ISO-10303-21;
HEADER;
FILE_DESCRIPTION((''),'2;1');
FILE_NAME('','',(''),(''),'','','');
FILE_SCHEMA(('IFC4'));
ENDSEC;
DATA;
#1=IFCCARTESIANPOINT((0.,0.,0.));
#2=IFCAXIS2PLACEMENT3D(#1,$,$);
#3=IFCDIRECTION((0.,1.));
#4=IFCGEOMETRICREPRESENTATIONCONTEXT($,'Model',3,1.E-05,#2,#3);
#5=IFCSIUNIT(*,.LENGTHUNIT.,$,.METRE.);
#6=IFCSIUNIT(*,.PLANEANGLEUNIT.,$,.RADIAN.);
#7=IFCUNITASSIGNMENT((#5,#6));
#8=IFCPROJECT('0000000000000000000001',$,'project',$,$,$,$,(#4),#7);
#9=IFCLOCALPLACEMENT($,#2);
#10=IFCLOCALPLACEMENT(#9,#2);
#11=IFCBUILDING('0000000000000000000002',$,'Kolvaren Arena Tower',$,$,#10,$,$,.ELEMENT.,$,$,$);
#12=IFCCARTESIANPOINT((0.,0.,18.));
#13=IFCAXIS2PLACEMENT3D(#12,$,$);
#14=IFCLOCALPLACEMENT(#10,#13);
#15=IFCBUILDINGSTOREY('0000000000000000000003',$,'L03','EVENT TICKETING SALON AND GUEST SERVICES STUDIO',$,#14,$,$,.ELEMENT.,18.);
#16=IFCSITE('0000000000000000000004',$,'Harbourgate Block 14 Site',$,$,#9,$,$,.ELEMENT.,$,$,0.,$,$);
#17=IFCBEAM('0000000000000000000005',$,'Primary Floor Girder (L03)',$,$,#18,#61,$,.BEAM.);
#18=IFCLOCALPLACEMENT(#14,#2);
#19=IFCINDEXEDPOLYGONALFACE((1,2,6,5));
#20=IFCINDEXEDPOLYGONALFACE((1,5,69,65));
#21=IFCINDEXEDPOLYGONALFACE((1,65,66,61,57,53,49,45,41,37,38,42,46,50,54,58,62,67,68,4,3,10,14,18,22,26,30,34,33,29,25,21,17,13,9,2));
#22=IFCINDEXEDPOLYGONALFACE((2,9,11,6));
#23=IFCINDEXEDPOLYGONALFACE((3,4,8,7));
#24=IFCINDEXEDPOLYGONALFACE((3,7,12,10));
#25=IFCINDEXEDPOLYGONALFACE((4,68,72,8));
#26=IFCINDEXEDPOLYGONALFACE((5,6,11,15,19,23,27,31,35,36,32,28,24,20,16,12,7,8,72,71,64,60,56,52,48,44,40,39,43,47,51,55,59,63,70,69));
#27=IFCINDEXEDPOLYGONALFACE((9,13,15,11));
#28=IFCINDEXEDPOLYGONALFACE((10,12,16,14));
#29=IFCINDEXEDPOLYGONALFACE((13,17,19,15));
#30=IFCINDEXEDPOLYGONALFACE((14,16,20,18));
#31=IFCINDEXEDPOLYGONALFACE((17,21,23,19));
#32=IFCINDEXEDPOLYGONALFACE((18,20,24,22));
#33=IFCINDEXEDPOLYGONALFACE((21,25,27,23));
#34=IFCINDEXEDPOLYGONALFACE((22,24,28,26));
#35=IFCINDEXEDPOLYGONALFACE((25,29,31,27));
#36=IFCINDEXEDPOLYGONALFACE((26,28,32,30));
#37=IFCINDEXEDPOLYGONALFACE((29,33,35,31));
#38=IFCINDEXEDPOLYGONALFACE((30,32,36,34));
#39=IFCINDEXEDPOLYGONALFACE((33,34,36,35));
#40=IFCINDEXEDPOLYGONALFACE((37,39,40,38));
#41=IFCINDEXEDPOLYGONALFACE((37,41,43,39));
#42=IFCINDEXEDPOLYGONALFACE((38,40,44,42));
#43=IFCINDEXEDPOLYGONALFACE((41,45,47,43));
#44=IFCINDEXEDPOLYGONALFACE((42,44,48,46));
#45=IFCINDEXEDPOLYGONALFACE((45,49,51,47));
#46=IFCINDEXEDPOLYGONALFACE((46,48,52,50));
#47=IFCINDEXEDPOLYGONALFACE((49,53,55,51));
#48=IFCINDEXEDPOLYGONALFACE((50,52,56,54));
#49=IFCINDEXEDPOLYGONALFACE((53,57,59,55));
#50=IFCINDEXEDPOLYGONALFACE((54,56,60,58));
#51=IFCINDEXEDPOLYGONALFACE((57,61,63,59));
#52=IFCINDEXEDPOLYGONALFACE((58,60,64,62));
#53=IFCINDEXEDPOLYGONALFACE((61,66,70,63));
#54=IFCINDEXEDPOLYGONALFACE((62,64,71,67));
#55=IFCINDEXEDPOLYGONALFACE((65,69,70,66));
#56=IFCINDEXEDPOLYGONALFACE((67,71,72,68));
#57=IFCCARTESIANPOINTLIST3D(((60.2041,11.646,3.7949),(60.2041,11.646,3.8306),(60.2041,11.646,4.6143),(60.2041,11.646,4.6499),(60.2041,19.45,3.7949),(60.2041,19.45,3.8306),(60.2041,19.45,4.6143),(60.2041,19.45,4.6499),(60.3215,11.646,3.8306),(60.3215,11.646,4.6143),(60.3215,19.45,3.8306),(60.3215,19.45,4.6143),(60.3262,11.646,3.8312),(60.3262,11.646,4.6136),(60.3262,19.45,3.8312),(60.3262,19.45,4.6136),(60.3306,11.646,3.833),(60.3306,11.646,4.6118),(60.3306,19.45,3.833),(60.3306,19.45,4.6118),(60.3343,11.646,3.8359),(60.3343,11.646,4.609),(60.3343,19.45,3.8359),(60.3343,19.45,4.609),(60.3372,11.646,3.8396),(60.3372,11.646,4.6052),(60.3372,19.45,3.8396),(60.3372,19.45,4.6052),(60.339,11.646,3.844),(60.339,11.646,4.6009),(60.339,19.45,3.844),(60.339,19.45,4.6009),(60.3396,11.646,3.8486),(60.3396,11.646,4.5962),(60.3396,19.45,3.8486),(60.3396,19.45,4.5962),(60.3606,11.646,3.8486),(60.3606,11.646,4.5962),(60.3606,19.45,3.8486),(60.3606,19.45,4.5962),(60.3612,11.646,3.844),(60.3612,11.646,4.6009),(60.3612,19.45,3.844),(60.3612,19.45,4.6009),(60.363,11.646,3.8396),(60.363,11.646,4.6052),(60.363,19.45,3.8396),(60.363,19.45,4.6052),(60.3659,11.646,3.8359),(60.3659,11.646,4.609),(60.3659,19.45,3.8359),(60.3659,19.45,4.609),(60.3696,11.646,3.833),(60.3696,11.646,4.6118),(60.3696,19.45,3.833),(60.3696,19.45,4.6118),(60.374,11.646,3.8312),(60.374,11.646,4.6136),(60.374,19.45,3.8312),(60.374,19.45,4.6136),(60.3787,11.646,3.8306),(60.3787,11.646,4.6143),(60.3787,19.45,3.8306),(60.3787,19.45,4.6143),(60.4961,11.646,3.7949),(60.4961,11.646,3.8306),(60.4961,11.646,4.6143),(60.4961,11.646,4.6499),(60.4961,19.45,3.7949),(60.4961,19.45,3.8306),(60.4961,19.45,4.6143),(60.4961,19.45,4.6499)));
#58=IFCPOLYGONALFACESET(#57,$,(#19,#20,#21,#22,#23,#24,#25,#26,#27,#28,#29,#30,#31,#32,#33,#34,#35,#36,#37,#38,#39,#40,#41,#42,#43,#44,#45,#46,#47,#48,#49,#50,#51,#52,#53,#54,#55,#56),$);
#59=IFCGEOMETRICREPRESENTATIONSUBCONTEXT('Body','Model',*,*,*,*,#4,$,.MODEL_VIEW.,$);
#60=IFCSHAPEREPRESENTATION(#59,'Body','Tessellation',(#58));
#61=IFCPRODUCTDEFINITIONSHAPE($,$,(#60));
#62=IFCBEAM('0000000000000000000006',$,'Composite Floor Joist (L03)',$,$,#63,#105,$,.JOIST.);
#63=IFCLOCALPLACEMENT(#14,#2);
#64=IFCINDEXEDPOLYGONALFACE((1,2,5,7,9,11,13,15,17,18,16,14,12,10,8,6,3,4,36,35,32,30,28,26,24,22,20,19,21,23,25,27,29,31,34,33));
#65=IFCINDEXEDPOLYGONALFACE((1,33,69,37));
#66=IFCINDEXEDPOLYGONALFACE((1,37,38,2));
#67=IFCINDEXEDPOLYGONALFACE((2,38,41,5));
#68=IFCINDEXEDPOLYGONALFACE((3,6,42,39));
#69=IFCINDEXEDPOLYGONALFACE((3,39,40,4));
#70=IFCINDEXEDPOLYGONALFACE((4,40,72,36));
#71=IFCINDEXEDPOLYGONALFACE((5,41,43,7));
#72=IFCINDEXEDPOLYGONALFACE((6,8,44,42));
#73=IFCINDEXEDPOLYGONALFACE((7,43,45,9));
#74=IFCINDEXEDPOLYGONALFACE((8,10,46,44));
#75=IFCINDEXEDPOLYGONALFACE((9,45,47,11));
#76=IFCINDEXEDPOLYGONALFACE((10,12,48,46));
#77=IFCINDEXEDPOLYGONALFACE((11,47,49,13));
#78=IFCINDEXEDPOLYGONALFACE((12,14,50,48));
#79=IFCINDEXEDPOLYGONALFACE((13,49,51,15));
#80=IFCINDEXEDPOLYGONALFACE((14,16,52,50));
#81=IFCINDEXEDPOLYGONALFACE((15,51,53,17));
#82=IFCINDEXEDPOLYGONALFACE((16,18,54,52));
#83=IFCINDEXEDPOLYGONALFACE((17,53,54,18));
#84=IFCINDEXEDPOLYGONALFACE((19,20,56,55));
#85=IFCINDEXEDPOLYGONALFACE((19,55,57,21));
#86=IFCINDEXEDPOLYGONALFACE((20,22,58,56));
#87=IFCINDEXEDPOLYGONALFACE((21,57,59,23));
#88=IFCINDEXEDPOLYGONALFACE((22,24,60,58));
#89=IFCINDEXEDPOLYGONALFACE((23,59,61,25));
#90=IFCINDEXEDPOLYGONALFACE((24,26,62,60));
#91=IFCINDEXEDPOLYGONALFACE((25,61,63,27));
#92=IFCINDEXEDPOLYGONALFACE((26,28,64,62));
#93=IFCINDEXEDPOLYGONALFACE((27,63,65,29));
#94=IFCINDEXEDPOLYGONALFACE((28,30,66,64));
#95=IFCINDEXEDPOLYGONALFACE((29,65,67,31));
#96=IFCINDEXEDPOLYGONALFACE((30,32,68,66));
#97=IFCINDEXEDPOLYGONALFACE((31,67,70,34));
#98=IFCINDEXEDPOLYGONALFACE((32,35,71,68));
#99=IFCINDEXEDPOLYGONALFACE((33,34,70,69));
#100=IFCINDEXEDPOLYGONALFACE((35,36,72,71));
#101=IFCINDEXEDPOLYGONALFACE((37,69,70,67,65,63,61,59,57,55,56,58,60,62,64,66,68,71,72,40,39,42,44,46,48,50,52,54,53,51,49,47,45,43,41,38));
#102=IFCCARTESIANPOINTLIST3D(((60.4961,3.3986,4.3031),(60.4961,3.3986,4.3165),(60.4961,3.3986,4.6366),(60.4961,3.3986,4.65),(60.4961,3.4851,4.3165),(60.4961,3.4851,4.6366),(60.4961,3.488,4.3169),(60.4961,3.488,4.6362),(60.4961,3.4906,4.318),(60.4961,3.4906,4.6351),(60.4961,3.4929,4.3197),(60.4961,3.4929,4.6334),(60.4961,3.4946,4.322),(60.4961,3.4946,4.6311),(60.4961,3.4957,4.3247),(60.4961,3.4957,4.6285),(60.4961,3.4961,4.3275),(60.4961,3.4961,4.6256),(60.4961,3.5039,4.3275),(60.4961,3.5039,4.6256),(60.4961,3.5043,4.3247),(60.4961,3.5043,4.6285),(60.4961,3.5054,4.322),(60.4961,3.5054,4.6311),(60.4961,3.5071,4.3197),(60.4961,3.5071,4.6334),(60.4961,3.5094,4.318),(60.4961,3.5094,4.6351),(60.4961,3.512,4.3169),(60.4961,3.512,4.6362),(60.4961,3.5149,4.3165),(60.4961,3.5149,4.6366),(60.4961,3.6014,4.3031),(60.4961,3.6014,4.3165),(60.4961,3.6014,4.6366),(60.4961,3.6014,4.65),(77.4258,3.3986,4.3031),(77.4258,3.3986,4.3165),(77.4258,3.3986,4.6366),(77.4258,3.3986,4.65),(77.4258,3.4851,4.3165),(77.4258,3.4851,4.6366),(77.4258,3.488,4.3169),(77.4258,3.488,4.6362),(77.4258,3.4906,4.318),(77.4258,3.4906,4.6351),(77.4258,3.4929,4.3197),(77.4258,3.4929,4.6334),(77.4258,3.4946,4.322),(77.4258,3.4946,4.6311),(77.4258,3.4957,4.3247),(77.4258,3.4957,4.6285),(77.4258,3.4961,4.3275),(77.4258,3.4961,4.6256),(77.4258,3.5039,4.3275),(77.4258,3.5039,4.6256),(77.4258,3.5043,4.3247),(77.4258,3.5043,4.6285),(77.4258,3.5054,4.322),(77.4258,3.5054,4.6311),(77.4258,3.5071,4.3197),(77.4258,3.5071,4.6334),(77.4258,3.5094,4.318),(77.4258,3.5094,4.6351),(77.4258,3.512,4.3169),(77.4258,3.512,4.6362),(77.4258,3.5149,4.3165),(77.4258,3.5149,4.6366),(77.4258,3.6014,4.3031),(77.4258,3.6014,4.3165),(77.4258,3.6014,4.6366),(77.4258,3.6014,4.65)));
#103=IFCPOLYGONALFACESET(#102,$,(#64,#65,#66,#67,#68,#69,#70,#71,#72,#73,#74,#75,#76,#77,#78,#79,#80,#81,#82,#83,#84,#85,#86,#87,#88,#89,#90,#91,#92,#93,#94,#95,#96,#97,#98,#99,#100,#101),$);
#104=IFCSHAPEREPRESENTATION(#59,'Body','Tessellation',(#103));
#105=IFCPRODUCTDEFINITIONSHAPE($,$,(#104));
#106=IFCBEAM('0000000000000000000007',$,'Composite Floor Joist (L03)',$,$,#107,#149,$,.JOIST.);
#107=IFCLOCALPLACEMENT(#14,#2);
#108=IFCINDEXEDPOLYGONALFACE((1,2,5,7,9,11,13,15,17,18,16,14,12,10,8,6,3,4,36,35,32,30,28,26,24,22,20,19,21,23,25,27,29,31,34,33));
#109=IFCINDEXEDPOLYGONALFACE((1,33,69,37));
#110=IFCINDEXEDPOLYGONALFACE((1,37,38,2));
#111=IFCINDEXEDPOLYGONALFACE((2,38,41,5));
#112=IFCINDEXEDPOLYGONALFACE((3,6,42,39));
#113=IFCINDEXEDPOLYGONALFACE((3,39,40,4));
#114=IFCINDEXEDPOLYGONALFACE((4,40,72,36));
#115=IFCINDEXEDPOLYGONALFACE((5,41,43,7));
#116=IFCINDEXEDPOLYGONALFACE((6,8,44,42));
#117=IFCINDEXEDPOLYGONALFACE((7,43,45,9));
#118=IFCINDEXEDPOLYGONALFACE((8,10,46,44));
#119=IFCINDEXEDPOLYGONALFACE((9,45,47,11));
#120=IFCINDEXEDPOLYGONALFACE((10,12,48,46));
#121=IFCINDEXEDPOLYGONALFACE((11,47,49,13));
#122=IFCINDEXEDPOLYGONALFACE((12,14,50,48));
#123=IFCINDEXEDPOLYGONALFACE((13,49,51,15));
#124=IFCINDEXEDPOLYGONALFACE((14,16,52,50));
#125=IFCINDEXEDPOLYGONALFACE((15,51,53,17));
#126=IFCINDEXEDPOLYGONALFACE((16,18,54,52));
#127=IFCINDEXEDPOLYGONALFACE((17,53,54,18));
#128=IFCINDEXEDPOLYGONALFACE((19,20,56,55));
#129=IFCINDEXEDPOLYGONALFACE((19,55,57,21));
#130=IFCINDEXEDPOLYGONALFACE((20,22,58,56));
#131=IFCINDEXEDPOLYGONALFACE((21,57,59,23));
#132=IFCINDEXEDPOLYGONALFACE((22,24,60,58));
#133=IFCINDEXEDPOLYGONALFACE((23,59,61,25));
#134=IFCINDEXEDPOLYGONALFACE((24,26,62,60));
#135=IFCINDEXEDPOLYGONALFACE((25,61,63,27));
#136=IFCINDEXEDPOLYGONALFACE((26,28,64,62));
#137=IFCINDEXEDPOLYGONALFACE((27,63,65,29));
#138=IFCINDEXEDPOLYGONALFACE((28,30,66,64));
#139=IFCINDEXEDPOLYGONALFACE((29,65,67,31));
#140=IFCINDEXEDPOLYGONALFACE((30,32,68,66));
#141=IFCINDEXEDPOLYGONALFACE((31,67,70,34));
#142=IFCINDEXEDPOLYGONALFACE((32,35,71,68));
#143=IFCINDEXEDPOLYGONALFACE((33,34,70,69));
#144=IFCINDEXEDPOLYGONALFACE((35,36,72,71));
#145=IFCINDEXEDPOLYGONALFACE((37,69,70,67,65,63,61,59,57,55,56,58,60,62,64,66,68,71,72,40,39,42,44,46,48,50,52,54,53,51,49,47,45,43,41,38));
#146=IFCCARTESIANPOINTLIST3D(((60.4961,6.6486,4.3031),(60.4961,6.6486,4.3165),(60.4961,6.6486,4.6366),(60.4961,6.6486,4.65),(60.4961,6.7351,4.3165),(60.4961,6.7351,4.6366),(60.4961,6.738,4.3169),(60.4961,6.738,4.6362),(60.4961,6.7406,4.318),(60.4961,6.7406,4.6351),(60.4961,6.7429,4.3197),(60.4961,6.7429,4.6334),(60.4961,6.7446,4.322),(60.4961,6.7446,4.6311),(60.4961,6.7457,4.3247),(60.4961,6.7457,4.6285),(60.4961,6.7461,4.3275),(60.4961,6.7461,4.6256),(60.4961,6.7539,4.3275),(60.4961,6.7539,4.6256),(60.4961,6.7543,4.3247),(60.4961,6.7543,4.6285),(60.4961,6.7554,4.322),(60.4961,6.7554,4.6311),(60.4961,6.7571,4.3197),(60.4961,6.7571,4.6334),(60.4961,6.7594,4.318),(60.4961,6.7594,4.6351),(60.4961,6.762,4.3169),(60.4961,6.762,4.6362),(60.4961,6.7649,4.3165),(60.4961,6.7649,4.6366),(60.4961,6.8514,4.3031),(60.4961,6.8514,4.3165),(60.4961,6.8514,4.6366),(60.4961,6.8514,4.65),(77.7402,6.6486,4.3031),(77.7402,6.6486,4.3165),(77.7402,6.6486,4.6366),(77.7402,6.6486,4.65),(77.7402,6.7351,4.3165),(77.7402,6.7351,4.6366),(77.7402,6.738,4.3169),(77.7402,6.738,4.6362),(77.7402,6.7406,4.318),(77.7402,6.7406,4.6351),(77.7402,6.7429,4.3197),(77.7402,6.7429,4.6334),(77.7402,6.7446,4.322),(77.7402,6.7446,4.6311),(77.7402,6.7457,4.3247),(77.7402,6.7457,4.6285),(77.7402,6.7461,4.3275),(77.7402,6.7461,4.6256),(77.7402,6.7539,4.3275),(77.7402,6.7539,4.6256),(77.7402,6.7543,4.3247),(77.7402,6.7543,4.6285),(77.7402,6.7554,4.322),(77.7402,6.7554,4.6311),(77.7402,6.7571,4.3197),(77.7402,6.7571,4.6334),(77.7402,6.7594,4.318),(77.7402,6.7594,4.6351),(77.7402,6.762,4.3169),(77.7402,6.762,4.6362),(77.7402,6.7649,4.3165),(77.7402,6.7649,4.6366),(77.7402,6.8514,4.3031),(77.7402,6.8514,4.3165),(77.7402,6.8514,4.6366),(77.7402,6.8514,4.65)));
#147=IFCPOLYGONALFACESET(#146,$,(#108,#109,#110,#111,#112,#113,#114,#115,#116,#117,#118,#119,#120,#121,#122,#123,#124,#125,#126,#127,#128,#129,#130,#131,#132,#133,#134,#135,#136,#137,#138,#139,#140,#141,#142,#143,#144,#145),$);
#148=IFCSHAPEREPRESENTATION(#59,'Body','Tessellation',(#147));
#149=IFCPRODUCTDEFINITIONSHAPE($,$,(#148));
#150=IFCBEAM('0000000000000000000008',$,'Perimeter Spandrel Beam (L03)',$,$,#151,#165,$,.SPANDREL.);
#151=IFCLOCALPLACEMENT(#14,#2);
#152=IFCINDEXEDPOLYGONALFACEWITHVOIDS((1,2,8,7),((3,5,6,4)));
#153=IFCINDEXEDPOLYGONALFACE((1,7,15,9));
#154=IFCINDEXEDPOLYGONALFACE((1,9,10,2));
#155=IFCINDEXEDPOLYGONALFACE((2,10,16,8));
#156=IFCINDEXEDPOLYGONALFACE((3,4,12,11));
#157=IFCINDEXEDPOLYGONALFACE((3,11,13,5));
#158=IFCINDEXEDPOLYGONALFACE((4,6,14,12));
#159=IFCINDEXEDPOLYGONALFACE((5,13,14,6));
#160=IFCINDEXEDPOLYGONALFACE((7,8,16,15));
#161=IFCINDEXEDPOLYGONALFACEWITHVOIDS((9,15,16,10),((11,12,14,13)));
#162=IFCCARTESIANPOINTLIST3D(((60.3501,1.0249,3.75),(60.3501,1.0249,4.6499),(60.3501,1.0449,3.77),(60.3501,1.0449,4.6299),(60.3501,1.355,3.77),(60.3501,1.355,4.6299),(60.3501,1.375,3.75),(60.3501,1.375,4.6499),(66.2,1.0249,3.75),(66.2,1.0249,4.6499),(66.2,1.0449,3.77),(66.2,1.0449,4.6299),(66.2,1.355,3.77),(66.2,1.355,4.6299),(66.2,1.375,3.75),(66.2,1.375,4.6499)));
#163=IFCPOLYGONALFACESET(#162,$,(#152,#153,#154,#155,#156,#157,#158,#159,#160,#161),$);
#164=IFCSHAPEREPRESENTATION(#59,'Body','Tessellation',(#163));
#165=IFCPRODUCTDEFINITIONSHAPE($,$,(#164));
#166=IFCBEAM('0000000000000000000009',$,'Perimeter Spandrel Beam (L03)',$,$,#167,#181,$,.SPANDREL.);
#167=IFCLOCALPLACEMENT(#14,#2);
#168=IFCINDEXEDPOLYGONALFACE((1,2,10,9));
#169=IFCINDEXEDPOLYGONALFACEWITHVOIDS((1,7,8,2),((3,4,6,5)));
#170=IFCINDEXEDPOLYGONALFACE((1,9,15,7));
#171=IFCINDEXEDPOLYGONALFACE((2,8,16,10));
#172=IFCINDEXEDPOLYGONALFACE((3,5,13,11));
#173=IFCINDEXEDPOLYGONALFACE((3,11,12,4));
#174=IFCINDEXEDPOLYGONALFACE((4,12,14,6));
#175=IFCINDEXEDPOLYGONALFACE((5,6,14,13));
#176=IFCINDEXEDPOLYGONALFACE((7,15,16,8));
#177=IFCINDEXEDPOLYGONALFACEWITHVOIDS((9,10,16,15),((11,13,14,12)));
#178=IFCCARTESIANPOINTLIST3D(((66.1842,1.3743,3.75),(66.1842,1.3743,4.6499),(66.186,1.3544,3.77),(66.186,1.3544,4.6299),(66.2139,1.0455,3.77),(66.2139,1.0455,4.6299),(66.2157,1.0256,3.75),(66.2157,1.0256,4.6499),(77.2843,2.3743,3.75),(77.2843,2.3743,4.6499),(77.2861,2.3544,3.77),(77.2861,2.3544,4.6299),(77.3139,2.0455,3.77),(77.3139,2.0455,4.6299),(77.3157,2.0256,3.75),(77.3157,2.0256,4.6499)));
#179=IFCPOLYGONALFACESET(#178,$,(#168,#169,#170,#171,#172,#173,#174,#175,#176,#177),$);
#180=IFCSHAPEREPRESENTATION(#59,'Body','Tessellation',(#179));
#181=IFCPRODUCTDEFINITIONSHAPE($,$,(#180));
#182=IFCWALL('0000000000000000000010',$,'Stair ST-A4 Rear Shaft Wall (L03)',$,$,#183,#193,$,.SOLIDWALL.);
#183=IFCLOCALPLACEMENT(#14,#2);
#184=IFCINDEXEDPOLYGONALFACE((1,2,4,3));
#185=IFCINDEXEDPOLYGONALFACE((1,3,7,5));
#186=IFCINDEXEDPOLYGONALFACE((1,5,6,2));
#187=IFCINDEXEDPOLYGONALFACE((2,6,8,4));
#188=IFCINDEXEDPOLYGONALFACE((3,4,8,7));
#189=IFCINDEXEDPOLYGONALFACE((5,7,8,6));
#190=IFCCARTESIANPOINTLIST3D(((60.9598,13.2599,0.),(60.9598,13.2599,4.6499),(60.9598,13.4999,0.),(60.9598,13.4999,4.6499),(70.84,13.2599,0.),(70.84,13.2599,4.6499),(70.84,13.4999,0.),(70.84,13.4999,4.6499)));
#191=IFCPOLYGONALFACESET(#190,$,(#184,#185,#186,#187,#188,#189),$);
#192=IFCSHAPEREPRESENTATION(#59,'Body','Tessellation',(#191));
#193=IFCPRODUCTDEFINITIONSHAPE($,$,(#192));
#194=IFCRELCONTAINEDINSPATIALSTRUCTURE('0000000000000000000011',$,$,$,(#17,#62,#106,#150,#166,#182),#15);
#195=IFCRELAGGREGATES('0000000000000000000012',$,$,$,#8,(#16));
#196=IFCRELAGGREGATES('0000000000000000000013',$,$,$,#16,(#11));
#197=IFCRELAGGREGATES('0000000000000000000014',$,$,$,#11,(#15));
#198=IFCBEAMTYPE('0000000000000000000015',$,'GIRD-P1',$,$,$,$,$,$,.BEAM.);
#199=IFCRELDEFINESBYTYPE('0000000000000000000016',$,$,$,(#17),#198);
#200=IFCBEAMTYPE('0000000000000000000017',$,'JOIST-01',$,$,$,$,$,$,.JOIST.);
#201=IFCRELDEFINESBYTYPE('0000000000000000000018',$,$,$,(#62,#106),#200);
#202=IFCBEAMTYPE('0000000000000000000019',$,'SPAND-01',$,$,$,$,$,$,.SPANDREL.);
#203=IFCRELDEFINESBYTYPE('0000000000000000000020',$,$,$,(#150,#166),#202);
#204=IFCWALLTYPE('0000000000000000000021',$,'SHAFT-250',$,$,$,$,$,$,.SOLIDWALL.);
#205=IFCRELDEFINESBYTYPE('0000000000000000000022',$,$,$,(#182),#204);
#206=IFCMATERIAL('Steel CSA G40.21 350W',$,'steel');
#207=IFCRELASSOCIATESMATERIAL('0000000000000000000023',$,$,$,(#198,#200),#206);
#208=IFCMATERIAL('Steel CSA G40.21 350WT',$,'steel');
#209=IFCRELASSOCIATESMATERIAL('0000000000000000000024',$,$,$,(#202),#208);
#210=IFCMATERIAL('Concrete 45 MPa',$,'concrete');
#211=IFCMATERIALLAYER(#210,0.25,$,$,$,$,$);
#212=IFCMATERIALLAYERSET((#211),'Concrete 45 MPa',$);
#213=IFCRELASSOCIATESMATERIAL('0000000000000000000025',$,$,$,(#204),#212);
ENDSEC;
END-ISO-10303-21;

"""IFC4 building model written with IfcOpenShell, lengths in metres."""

from ifc_helpers import new_model, si_unit, direction, frame, frame_2d, origin, origin_2d, place, context, subcontext, project, spatial, rectangle, hollow_rectangle, i_section, extrude, material, layer, layer_set, material_profile, profile_set, type_object, element, save


model = new_model("IFC4")

# Units and contexts
model_context = context("Model", 3, precision=1e-05, world=origin(), true_north=direction((0.0, 1.0)))
body_context = subcontext(model_context, "Body", "Model", "MODEL_VIEW")
ifc_project = project(units=[si_unit("LENGTHUNIT", "METRE"), si_unit("PLANEANGLEUNIT", "RADIAN")], contexts=[model_context])

# Site, building, storey
site_placement = place(None, origin())
site = spatial("IfcSite", under=ifc_project, at=site_placement, Name="Harbourgate Block 14 Site", CompositionType="ELEMENT", RefElevation=0.0)
building_placement = place(site_placement, origin())
building = spatial("IfcBuilding", under=site, at=building_placement, Name="Kolvaren Arena Tower", CompositionType="ELEMENT")
storey_placement = place(building_placement, frame((0.0, 0.0, 18.0)))
storey = spatial("IfcBuildingStorey", under=building, at=storey_placement, Name="L03", Description="EVENT TICKETING SALON AND GUEST SERVICES STUDIO", CompositionType="ELEMENT", Elevation=18.0)

# Beams
ifc_material_1 = material(Name="Steel CSA G40.21 350W", Category="steel")
ifc_material_profile_1 = material_profile(ifc_material_1, i_section(OverallWidth=0.292, OverallDepth=0.855, WebThickness=0.021, FlangeThickness=0.0356, FilletRadius=0.0181, at=origin_2d()), Name="W840x299")
ifc_profile_set_1 = profile_set([ifc_material_profile_1], Name="Steel CSA G40.21 350W")
beam_type_1 = type_object("IfcBeamType", Name="GIRD-P1", PredefinedType="BEAM", material=ifc_profile_set_1)
beam_1_placement = place(storey_placement, frame((60.3501, 11.646, 4.2224), z_axis=(0.0, 1.0, 0.0), x_axis=(-1.0, 0.0, 0.0)))
element("IfcBeam", 1, at=beam_1_placement, inside=storey, type_object=beam_type_1, Name="Primary Floor Girder (L03)", PredefinedType="BEAM", context=body_context, shape_type="SweptSolid", body=[
    extrude(i_section(OverallWidth=0.292, OverallDepth=0.855, WebThickness=0.021, FlangeThickness=0.0356, FilletRadius=0.0181, at=origin_2d()), origin(), (0.0, 0.0, 1.0), 7.804),
])
ifc_material_profile_2 = material_profile(ifc_material_1, i_section(OverallWidth=0.2029, OverallDepth=0.3469, WebThickness=0.0078, FlangeThickness=0.0134, FilletRadius=0.011, at=origin_2d()), Name="W360x64")
ifc_profile_set_2 = profile_set([ifc_material_profile_2], Name="Steel CSA G40.21 350W")
beam_type_2 = type_object("IfcBeamType", Name="JOIST-01", PredefinedType="JOIST", material=ifc_profile_set_2)
beam_2_placement = place(storey_placement, frame((60.4961, 3.5, 4.4766), z_axis=(1.0, 0.0, 0.0), x_axis=(0.0, 1.0, 0.0)))
element("IfcBeam", 2, at=beam_2_placement, inside=storey, type_object=beam_type_2, Name="Composite Floor Joist (L03)", PredefinedType="JOIST", context=body_context, shape_type="SweptSolid", body=[
    extrude(i_section(OverallWidth=0.2029, OverallDepth=0.3469, WebThickness=0.0078, FlangeThickness=0.0134, FilletRadius=0.011, at=origin_2d()), origin(), (0.0, 0.0, 1.0), 16.9297),
])
beam_3_placement = place(storey_placement, frame((60.4961, 6.75, 4.4766), z_axis=(1.0, 0.0, 0.0), x_axis=(0.0, 1.0, 0.0)))
element("IfcBeam", 3, at=beam_3_placement, inside=storey, type_object=beam_type_2, Name="Composite Floor Joist (L03)", PredefinedType="JOIST", context=body_context, shape_type="SweptSolid", body=[
    extrude(i_section(OverallWidth=0.2029, OverallDepth=0.3469, WebThickness=0.0078, FlangeThickness=0.0134, FilletRadius=0.011, at=origin_2d()), origin(), (0.0, 0.0, 1.0), 17.2441),
])
ifc_material_2 = material(Name="Steel CSA G40.21 350WT", Category="steel")
ifc_material_profile_3 = material_profile(ifc_material_2, hollow_rectangle(XDim=0.3501, YDim=0.8999, WallThickness=0.02, at=origin_2d()), Name="HSS 900x350x20")
ifc_profile_set_3 = profile_set([ifc_material_profile_3], Name="Steel CSA G40.21 350WT")
beam_type_3 = type_object("IfcBeamType", Name="SPAND-01", PredefinedType="SPANDREL", material=ifc_profile_set_3)
beam_4_placement = place(storey_placement, frame((60.3501, 1.2, 4.2), z_axis=(1.0, 0.0, 0.0), x_axis=(0.0, 1.0, 0.0)))
element("IfcBeam", 4, at=beam_4_placement, inside=storey, type_object=beam_type_3, Name="Perimeter Spandrel Beam (L03)", PredefinedType="SPANDREL", context=body_context, shape_type="SweptSolid", body=[
    extrude(hollow_rectangle(XDim=0.3501, YDim=0.8999, WallThickness=0.02, at=origin_2d()), origin(), (0.0, 0.0, 1.0), 5.8499),
])
beam_5_placement = place(storey_placement, frame((66.2, 1.2, 4.2), z_axis=(0.995966, 0.089726, 0.0), x_axis=(-0.089726, 0.995966, 0.0)))
element("IfcBeam", 5, at=beam_5_placement, inside=storey, type_object=beam_type_3, Name="Perimeter Spandrel Beam (L03)", PredefinedType="SPANDREL", context=body_context, shape_type="SweptSolid", body=[
    extrude(hollow_rectangle(XDim=0.3501, YDim=0.8999, WallThickness=0.02, at=origin_2d()), origin(), (0.0, 0.0, 1.0), 11.145),
])

# Wall
ifc_material_3 = material(Name="Concrete 45 MPa", Category="concrete")
ifc_layer_1 = layer(ifc_material_3, 0.25)
ifc_layer_set_1 = layer_set([ifc_layer_1], Name="Concrete 45 MPa")
wall_type_1 = type_object("IfcWallType", Name="SHAFT-250", PredefinedType="SOLIDWALL", material=ifc_layer_set_1)
wall_1_placement = place(storey_placement, frame((60.96, 13.3799, 0.0), z_axis=(0.0, 0.0, 1.0), x_axis=(1.0, 0.0, 0.0)))
element("IfcWall", 6, at=wall_1_placement, inside=storey, type_object=wall_type_1, Name="Stair ST-A4 Rear Shaft Wall (L03)", PredefinedType="SOLIDWALL", context=body_context, shape_type="SweptSolid", body=[
    extrude(rectangle(XDim=9.8801, YDim=0.24, at=frame_2d((4.9399, 0.0))), origin(), (0.0, 0.0, 1.0), 4.6499),
])

save(model, "model.ifc")
